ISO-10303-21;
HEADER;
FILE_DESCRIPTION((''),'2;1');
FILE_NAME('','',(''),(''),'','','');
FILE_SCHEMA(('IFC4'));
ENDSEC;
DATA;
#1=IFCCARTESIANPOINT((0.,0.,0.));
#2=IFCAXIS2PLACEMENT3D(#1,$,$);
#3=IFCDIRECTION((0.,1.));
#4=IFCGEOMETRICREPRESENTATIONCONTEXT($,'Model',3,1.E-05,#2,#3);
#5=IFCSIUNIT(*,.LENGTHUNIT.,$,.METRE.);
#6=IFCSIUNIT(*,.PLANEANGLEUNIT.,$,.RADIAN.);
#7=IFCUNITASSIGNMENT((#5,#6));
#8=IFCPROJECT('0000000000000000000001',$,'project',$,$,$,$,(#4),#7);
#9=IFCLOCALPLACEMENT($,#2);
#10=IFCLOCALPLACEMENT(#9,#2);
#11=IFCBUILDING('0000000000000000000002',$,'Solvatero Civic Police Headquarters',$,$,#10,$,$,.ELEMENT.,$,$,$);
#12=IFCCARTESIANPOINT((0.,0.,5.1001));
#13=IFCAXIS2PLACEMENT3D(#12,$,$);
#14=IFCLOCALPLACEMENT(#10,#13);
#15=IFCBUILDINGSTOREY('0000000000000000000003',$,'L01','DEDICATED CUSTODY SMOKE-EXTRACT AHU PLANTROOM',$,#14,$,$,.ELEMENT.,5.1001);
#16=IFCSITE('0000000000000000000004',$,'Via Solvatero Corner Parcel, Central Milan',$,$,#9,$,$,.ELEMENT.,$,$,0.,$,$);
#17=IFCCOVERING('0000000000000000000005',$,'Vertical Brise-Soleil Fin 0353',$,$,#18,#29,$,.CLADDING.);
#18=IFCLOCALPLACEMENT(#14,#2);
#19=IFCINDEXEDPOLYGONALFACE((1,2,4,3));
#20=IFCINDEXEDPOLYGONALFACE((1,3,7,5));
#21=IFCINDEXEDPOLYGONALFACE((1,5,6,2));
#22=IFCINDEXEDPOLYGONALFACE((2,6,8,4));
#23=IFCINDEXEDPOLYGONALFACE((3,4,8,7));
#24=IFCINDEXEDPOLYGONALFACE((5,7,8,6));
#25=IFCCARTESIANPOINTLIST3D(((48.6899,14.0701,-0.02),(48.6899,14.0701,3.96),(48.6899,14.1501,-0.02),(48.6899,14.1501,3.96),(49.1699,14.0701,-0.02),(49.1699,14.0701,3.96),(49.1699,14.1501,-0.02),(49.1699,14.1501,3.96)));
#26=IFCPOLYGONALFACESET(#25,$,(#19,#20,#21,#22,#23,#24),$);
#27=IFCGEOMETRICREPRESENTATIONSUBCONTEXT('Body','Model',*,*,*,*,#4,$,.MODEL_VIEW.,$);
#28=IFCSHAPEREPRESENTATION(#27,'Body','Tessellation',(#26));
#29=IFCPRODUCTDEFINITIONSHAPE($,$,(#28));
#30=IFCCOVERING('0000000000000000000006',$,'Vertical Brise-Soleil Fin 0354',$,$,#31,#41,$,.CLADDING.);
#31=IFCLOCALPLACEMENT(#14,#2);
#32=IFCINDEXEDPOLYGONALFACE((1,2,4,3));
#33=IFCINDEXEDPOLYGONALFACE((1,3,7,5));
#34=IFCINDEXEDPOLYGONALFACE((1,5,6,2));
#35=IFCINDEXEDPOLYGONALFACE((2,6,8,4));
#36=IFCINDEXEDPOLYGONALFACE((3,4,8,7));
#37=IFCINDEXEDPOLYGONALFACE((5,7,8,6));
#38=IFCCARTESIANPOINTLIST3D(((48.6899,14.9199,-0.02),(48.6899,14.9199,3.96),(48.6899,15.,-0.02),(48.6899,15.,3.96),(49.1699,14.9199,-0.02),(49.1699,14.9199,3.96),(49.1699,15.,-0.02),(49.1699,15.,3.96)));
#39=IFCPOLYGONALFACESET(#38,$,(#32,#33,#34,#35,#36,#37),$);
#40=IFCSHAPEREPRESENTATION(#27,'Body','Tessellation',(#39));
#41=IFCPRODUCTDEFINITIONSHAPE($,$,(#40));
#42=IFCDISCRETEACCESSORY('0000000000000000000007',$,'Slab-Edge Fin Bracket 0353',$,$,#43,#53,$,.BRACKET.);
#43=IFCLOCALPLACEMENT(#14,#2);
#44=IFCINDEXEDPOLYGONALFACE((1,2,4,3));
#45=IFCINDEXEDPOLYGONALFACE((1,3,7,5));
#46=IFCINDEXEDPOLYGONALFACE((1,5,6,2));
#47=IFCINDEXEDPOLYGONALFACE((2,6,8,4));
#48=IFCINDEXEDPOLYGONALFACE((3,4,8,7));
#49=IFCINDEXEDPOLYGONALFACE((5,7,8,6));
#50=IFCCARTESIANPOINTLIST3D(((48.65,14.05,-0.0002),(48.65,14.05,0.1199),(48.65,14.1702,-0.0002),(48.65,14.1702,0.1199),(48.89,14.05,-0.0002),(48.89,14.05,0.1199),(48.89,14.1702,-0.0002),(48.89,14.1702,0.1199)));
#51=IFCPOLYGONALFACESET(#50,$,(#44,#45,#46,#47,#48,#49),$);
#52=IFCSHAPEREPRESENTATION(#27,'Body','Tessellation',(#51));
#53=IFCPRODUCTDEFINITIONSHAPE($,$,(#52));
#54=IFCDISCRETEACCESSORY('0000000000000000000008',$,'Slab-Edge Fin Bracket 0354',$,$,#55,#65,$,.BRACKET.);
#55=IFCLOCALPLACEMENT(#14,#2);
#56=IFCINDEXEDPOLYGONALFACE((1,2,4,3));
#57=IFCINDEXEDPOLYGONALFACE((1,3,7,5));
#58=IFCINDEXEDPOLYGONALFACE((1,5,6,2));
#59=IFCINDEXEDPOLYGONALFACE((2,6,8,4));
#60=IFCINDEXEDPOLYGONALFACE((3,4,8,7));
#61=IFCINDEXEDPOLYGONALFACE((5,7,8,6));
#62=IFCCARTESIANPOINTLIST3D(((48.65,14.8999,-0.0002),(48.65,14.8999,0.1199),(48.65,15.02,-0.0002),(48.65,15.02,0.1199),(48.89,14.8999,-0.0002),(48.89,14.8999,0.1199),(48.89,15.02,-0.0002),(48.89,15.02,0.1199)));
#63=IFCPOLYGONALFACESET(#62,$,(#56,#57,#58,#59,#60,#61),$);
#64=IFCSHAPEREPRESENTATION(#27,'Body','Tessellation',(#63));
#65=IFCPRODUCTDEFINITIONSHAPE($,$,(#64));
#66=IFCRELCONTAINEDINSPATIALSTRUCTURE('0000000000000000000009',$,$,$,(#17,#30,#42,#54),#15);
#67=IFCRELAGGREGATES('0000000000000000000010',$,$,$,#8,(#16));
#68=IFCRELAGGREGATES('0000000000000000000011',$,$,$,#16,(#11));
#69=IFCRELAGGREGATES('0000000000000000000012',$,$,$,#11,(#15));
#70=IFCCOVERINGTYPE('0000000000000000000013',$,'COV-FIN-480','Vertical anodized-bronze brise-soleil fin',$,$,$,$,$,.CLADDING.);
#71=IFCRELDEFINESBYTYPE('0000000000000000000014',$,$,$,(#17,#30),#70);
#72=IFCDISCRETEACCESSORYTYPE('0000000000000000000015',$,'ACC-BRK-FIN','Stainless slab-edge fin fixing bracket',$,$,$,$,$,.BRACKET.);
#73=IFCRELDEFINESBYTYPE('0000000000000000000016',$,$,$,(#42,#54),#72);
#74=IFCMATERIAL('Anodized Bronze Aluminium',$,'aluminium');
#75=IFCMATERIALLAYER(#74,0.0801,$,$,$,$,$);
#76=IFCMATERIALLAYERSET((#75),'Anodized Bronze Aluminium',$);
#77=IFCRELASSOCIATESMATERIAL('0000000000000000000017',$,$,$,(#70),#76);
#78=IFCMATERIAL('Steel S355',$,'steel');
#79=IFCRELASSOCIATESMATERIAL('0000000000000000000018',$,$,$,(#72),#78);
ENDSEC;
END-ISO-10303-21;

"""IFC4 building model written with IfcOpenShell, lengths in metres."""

from ifc_helpers import new_model, si_unit, direction, frame, origin, origin_2d, place, context, subcontext, project, spatial, rectangle, extrude, material, layer, layer_set, type_object, element, save


model = new_model("IFC4")

# Units and contexts
model_context = context("Model", 3, precision=1e-05, world=origin(), true_north=direction((0.0, 1.0)))
body_context = subcontext(model_context, "Body", "Model", "MODEL_VIEW")
ifc_project = project(units=[si_unit("LENGTHUNIT", "METRE"), si_unit("PLANEANGLEUNIT", "RADIAN")], contexts=[model_context])

# Site, building, storey
site_placement = place(None, origin())
site = spatial("IfcSite", under=ifc_project, at=site_placement, Name="Via Solvatero Corner Parcel, Central Milan", CompositionType="ELEMENT", RefElevation=0.0)
building_placement = place(site_placement, origin())
building = spatial("IfcBuilding", under=site, at=building_placement, Name="Solvatero Civic Police Headquarters", CompositionType="ELEMENT")
storey_placement = place(building_placement, frame((0.0, 0.0, 5.1001)))
storey = spatial("IfcBuildingStorey", under=building, at=storey_placement, Name="L01", Description="DEDICATED CUSTODY SMOKE-EXTRACT AHU PLANTROOM", CompositionType="ELEMENT", Elevation=5.1001)

# Shared definitions
ifc_material_1 = material(Name="Steel S355", Category="steel")

# Shared definitions
ifc_material_2 = material(Name="Anodized Bronze Aluminium", Category="aluminium")

# Coverings
ifc_layer_1 = layer(ifc_material_2, 0.0801)
ifc_layer_set_1 = layer_set([ifc_layer_1], Name="Anodized Bronze Aluminium")
covering_type = type_object("IfcCoveringType", Name="COV-FIN-480", Description="Vertical anodized-bronze brise-soleil fin", PredefinedType="CLADDING", material=ifc_layer_set_1)
for number, where, z_axis, x_axis, name in (
    (1, (48.9299, 14.1101, -0.02), (0.0, 0.0, 1.0), (0.0, 1.0, 0.0), "Vertical Brise-Soleil Fin 0353"),
    (2, (48.9299, 14.96, -0.02), (0.0, 0.0, 1.0), (0.0, 1.0, 0.0), "Vertical Brise-Soleil Fin 0354"),
):
    element("IfcCovering", number, at=place(storey_placement, frame(where, z_axis=z_axis, x_axis=x_axis)), inside=storey, type_object=covering_type, Name=name, PredefinedType="CLADDING", context=body_context, shape_type="SweptSolid", body=[
        extrude(rectangle(XDim=0.0801, YDim=0.48, at=origin_2d()), origin(), (0.0, 0.0, 1.0), 3.98),
    ])

# Discrete accessories
discrete_accessory_type = type_object("IfcDiscreteAccessoryType", Name="ACC-BRK-FIN", Description="Stainless slab-edge fin fixing bracket", PredefinedType="BRACKET", material=ifc_material_1)
for number, where, z_axis, x_axis, name in (
    (3, (48.77, 14.1101, -0.0002), (0.0, 0.0, 1.0), (0.0, 1.0, 0.0), "Slab-Edge Fin Bracket 0353"),
    (4, (48.77, 14.96, -0.0002), (0.0, 0.0, 1.0), (0.0, 1.0, 0.0), "Slab-Edge Fin Bracket 0354"),
):
    element("IfcDiscreteAccessory", number, at=place(storey_placement, frame(where, z_axis=z_axis, x_axis=x_axis)), inside=storey, type_object=discrete_accessory_type, Name=name, PredefinedType="BRACKET", context=body_context, shape_type="SweptSolid", body=[
        extrude(rectangle(XDim=0.1201, YDim=0.24, at=origin_2d()), origin(), (0.0, 0.0, 1.0), 0.1201),
    ])

save(model, "model.ifc")
